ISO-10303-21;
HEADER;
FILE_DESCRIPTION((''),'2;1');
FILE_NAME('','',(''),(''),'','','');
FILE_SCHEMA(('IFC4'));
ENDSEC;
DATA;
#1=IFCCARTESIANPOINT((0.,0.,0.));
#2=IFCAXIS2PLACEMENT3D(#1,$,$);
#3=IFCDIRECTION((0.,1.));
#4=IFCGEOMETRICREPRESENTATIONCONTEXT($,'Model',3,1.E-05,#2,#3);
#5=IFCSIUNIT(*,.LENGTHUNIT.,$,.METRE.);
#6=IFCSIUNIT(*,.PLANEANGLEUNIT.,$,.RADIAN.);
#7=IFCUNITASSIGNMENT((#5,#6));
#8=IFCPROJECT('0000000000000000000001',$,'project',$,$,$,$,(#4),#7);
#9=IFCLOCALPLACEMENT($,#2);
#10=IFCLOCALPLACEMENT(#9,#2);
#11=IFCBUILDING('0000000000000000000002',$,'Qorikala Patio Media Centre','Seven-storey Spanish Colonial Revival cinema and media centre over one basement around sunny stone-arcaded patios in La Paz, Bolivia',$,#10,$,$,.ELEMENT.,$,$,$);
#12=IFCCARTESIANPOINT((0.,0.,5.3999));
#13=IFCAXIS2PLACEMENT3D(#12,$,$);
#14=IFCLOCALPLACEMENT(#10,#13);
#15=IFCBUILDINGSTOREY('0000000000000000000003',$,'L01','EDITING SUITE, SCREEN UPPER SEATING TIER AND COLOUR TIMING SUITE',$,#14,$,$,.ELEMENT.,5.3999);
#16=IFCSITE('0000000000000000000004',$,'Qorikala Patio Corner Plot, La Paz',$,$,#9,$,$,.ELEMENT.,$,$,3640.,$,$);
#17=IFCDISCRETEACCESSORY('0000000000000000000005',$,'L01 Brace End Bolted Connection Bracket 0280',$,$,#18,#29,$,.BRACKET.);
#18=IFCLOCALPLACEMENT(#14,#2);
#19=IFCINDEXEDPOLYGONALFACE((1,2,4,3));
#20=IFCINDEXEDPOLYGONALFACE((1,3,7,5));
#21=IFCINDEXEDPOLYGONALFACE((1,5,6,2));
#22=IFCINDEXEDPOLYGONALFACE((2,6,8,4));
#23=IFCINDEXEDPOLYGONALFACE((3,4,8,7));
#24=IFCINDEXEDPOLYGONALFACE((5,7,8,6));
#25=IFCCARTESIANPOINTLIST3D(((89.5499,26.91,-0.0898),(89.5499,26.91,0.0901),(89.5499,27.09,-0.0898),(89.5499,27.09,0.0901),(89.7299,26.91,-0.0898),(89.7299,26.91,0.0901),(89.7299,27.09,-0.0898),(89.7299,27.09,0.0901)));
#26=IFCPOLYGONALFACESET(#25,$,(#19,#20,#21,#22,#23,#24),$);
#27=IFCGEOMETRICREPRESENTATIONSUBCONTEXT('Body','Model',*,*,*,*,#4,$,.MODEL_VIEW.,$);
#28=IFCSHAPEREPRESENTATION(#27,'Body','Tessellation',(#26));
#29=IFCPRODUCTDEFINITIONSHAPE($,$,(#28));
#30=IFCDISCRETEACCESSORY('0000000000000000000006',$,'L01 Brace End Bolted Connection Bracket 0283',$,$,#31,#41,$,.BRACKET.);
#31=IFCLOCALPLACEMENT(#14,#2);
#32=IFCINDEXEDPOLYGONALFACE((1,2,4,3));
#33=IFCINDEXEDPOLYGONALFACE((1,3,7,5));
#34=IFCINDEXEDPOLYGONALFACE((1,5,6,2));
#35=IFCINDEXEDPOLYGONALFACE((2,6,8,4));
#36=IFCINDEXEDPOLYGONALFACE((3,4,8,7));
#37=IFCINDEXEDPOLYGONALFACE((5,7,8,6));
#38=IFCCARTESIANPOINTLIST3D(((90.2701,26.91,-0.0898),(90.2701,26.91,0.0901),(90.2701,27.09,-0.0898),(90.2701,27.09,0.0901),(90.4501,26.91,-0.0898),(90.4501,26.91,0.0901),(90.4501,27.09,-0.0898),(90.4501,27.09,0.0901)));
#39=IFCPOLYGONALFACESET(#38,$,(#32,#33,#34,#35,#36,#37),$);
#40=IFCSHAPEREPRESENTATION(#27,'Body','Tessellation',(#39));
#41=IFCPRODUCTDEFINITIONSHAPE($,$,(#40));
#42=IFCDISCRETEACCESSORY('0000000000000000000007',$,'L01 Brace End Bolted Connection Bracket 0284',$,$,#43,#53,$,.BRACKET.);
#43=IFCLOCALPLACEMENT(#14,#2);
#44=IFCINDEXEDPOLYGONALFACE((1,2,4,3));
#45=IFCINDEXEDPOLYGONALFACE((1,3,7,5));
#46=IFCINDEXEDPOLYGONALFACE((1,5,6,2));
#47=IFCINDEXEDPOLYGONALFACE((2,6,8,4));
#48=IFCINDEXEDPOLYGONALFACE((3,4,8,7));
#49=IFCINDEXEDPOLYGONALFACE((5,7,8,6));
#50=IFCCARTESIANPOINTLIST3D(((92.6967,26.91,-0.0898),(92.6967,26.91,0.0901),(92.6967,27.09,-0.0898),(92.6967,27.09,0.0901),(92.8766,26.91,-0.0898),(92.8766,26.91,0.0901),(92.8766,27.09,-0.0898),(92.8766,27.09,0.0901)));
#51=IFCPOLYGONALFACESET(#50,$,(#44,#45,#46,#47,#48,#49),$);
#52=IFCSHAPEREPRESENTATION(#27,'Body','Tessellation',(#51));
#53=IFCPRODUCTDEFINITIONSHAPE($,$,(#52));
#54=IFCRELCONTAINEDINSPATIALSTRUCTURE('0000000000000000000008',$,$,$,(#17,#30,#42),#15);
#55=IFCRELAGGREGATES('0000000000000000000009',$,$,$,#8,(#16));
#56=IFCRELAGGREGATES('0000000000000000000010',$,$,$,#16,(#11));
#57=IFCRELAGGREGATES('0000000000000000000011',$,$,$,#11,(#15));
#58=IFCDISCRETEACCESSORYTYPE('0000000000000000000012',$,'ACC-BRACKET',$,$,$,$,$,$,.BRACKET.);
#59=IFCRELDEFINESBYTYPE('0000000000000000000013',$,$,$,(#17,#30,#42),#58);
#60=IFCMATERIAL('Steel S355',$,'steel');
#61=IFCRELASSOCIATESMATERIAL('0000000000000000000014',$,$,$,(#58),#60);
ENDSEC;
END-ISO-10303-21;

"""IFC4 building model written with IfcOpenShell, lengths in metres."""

from ifc_helpers import new_model, si_unit, direction, frame, origin, origin_2d, place, context, subcontext, project, spatial, rectangle, extrude, material, type_object, element, save


model = new_model("IFC4")

# Units and contexts
model_context = context("Model", 3, precision=1e-05, world=origin(), true_north=direction((0.0, 1.0)))
body_context = subcontext(model_context, "Body", "Model", "MODEL_VIEW")
ifc_project = project(units=[si_unit("LENGTHUNIT", "METRE"), si_unit("PLANEANGLEUNIT", "RADIAN")], contexts=[model_context])

# Site, building, storey
site_placement = place(None, origin())
site = spatial("IfcSite", under=ifc_project, at=site_placement, Name="Qorikala Patio Corner Plot, La Paz", CompositionType="ELEMENT", RefElevation=3640.0)
building_placement = place(site_placement, origin())
building = spatial("IfcBuilding", under=site, at=building_placement, Name="Qorikala Patio Media Centre", Description="Seven-storey Spanish Colonial Revival cinema and media centre over one basement around sunny stone-arcaded patios in La Paz, Bolivia", CompositionType="ELEMENT")
storey_placement = place(building_placement, frame((0.0, 0.0, 5.3999)))
storey = spatial("IfcBuildingStorey", under=building, at=storey_placement, Name="L01", Description="EDITING SUITE, SCREEN UPPER SEATING TIER AND COLOUR TIMING SUITE", CompositionType="ELEMENT", Elevation=5.3999)

# Discrete accessories
ifc_material_1 = material(Name="Steel S355", Category="steel")
discrete_accessory_type = type_object("IfcDiscreteAccessoryType", Name="ACC-BRACKET", PredefinedType="BRACKET", material=ifc_material_1)
for number, where, z_axis, x_axis, name in (
    (1, (89.6399, 27.0, -0.0898), (0.0, 0.0, 1.0), (1.0, 0.0, 0.0), "L01 Brace End Bolted Connection Bracket 0280"),
    (2, (90.3601, 27.0, -0.0898), (0.0, 0.0, 1.0), (1.0, 0.0, 0.0), "L01 Brace End Bolted Connection Bracket 0283"),
    (3, (92.7866, 27.0, -0.0898), (0.0, 0.0, 1.0), (1.0, 0.0, 0.0), "L01 Brace End Bolted Connection Bracket 0284"),
):
    element("IfcDiscreteAccessory", number, at=place(storey_placement, frame(where, z_axis=z_axis, x_axis=x_axis)), inside=storey, type_object=discrete_accessory_type, Name=name, PredefinedType="BRACKET", context=body_context, shape_type="SweptSolid", body=[
        extrude(rectangle(XDim=0.1799, YDim=0.1799, at=origin_2d()), origin(), (0.0, 0.0, 1.0), 0.1799),
    ])

save(model, "model.ifc")
